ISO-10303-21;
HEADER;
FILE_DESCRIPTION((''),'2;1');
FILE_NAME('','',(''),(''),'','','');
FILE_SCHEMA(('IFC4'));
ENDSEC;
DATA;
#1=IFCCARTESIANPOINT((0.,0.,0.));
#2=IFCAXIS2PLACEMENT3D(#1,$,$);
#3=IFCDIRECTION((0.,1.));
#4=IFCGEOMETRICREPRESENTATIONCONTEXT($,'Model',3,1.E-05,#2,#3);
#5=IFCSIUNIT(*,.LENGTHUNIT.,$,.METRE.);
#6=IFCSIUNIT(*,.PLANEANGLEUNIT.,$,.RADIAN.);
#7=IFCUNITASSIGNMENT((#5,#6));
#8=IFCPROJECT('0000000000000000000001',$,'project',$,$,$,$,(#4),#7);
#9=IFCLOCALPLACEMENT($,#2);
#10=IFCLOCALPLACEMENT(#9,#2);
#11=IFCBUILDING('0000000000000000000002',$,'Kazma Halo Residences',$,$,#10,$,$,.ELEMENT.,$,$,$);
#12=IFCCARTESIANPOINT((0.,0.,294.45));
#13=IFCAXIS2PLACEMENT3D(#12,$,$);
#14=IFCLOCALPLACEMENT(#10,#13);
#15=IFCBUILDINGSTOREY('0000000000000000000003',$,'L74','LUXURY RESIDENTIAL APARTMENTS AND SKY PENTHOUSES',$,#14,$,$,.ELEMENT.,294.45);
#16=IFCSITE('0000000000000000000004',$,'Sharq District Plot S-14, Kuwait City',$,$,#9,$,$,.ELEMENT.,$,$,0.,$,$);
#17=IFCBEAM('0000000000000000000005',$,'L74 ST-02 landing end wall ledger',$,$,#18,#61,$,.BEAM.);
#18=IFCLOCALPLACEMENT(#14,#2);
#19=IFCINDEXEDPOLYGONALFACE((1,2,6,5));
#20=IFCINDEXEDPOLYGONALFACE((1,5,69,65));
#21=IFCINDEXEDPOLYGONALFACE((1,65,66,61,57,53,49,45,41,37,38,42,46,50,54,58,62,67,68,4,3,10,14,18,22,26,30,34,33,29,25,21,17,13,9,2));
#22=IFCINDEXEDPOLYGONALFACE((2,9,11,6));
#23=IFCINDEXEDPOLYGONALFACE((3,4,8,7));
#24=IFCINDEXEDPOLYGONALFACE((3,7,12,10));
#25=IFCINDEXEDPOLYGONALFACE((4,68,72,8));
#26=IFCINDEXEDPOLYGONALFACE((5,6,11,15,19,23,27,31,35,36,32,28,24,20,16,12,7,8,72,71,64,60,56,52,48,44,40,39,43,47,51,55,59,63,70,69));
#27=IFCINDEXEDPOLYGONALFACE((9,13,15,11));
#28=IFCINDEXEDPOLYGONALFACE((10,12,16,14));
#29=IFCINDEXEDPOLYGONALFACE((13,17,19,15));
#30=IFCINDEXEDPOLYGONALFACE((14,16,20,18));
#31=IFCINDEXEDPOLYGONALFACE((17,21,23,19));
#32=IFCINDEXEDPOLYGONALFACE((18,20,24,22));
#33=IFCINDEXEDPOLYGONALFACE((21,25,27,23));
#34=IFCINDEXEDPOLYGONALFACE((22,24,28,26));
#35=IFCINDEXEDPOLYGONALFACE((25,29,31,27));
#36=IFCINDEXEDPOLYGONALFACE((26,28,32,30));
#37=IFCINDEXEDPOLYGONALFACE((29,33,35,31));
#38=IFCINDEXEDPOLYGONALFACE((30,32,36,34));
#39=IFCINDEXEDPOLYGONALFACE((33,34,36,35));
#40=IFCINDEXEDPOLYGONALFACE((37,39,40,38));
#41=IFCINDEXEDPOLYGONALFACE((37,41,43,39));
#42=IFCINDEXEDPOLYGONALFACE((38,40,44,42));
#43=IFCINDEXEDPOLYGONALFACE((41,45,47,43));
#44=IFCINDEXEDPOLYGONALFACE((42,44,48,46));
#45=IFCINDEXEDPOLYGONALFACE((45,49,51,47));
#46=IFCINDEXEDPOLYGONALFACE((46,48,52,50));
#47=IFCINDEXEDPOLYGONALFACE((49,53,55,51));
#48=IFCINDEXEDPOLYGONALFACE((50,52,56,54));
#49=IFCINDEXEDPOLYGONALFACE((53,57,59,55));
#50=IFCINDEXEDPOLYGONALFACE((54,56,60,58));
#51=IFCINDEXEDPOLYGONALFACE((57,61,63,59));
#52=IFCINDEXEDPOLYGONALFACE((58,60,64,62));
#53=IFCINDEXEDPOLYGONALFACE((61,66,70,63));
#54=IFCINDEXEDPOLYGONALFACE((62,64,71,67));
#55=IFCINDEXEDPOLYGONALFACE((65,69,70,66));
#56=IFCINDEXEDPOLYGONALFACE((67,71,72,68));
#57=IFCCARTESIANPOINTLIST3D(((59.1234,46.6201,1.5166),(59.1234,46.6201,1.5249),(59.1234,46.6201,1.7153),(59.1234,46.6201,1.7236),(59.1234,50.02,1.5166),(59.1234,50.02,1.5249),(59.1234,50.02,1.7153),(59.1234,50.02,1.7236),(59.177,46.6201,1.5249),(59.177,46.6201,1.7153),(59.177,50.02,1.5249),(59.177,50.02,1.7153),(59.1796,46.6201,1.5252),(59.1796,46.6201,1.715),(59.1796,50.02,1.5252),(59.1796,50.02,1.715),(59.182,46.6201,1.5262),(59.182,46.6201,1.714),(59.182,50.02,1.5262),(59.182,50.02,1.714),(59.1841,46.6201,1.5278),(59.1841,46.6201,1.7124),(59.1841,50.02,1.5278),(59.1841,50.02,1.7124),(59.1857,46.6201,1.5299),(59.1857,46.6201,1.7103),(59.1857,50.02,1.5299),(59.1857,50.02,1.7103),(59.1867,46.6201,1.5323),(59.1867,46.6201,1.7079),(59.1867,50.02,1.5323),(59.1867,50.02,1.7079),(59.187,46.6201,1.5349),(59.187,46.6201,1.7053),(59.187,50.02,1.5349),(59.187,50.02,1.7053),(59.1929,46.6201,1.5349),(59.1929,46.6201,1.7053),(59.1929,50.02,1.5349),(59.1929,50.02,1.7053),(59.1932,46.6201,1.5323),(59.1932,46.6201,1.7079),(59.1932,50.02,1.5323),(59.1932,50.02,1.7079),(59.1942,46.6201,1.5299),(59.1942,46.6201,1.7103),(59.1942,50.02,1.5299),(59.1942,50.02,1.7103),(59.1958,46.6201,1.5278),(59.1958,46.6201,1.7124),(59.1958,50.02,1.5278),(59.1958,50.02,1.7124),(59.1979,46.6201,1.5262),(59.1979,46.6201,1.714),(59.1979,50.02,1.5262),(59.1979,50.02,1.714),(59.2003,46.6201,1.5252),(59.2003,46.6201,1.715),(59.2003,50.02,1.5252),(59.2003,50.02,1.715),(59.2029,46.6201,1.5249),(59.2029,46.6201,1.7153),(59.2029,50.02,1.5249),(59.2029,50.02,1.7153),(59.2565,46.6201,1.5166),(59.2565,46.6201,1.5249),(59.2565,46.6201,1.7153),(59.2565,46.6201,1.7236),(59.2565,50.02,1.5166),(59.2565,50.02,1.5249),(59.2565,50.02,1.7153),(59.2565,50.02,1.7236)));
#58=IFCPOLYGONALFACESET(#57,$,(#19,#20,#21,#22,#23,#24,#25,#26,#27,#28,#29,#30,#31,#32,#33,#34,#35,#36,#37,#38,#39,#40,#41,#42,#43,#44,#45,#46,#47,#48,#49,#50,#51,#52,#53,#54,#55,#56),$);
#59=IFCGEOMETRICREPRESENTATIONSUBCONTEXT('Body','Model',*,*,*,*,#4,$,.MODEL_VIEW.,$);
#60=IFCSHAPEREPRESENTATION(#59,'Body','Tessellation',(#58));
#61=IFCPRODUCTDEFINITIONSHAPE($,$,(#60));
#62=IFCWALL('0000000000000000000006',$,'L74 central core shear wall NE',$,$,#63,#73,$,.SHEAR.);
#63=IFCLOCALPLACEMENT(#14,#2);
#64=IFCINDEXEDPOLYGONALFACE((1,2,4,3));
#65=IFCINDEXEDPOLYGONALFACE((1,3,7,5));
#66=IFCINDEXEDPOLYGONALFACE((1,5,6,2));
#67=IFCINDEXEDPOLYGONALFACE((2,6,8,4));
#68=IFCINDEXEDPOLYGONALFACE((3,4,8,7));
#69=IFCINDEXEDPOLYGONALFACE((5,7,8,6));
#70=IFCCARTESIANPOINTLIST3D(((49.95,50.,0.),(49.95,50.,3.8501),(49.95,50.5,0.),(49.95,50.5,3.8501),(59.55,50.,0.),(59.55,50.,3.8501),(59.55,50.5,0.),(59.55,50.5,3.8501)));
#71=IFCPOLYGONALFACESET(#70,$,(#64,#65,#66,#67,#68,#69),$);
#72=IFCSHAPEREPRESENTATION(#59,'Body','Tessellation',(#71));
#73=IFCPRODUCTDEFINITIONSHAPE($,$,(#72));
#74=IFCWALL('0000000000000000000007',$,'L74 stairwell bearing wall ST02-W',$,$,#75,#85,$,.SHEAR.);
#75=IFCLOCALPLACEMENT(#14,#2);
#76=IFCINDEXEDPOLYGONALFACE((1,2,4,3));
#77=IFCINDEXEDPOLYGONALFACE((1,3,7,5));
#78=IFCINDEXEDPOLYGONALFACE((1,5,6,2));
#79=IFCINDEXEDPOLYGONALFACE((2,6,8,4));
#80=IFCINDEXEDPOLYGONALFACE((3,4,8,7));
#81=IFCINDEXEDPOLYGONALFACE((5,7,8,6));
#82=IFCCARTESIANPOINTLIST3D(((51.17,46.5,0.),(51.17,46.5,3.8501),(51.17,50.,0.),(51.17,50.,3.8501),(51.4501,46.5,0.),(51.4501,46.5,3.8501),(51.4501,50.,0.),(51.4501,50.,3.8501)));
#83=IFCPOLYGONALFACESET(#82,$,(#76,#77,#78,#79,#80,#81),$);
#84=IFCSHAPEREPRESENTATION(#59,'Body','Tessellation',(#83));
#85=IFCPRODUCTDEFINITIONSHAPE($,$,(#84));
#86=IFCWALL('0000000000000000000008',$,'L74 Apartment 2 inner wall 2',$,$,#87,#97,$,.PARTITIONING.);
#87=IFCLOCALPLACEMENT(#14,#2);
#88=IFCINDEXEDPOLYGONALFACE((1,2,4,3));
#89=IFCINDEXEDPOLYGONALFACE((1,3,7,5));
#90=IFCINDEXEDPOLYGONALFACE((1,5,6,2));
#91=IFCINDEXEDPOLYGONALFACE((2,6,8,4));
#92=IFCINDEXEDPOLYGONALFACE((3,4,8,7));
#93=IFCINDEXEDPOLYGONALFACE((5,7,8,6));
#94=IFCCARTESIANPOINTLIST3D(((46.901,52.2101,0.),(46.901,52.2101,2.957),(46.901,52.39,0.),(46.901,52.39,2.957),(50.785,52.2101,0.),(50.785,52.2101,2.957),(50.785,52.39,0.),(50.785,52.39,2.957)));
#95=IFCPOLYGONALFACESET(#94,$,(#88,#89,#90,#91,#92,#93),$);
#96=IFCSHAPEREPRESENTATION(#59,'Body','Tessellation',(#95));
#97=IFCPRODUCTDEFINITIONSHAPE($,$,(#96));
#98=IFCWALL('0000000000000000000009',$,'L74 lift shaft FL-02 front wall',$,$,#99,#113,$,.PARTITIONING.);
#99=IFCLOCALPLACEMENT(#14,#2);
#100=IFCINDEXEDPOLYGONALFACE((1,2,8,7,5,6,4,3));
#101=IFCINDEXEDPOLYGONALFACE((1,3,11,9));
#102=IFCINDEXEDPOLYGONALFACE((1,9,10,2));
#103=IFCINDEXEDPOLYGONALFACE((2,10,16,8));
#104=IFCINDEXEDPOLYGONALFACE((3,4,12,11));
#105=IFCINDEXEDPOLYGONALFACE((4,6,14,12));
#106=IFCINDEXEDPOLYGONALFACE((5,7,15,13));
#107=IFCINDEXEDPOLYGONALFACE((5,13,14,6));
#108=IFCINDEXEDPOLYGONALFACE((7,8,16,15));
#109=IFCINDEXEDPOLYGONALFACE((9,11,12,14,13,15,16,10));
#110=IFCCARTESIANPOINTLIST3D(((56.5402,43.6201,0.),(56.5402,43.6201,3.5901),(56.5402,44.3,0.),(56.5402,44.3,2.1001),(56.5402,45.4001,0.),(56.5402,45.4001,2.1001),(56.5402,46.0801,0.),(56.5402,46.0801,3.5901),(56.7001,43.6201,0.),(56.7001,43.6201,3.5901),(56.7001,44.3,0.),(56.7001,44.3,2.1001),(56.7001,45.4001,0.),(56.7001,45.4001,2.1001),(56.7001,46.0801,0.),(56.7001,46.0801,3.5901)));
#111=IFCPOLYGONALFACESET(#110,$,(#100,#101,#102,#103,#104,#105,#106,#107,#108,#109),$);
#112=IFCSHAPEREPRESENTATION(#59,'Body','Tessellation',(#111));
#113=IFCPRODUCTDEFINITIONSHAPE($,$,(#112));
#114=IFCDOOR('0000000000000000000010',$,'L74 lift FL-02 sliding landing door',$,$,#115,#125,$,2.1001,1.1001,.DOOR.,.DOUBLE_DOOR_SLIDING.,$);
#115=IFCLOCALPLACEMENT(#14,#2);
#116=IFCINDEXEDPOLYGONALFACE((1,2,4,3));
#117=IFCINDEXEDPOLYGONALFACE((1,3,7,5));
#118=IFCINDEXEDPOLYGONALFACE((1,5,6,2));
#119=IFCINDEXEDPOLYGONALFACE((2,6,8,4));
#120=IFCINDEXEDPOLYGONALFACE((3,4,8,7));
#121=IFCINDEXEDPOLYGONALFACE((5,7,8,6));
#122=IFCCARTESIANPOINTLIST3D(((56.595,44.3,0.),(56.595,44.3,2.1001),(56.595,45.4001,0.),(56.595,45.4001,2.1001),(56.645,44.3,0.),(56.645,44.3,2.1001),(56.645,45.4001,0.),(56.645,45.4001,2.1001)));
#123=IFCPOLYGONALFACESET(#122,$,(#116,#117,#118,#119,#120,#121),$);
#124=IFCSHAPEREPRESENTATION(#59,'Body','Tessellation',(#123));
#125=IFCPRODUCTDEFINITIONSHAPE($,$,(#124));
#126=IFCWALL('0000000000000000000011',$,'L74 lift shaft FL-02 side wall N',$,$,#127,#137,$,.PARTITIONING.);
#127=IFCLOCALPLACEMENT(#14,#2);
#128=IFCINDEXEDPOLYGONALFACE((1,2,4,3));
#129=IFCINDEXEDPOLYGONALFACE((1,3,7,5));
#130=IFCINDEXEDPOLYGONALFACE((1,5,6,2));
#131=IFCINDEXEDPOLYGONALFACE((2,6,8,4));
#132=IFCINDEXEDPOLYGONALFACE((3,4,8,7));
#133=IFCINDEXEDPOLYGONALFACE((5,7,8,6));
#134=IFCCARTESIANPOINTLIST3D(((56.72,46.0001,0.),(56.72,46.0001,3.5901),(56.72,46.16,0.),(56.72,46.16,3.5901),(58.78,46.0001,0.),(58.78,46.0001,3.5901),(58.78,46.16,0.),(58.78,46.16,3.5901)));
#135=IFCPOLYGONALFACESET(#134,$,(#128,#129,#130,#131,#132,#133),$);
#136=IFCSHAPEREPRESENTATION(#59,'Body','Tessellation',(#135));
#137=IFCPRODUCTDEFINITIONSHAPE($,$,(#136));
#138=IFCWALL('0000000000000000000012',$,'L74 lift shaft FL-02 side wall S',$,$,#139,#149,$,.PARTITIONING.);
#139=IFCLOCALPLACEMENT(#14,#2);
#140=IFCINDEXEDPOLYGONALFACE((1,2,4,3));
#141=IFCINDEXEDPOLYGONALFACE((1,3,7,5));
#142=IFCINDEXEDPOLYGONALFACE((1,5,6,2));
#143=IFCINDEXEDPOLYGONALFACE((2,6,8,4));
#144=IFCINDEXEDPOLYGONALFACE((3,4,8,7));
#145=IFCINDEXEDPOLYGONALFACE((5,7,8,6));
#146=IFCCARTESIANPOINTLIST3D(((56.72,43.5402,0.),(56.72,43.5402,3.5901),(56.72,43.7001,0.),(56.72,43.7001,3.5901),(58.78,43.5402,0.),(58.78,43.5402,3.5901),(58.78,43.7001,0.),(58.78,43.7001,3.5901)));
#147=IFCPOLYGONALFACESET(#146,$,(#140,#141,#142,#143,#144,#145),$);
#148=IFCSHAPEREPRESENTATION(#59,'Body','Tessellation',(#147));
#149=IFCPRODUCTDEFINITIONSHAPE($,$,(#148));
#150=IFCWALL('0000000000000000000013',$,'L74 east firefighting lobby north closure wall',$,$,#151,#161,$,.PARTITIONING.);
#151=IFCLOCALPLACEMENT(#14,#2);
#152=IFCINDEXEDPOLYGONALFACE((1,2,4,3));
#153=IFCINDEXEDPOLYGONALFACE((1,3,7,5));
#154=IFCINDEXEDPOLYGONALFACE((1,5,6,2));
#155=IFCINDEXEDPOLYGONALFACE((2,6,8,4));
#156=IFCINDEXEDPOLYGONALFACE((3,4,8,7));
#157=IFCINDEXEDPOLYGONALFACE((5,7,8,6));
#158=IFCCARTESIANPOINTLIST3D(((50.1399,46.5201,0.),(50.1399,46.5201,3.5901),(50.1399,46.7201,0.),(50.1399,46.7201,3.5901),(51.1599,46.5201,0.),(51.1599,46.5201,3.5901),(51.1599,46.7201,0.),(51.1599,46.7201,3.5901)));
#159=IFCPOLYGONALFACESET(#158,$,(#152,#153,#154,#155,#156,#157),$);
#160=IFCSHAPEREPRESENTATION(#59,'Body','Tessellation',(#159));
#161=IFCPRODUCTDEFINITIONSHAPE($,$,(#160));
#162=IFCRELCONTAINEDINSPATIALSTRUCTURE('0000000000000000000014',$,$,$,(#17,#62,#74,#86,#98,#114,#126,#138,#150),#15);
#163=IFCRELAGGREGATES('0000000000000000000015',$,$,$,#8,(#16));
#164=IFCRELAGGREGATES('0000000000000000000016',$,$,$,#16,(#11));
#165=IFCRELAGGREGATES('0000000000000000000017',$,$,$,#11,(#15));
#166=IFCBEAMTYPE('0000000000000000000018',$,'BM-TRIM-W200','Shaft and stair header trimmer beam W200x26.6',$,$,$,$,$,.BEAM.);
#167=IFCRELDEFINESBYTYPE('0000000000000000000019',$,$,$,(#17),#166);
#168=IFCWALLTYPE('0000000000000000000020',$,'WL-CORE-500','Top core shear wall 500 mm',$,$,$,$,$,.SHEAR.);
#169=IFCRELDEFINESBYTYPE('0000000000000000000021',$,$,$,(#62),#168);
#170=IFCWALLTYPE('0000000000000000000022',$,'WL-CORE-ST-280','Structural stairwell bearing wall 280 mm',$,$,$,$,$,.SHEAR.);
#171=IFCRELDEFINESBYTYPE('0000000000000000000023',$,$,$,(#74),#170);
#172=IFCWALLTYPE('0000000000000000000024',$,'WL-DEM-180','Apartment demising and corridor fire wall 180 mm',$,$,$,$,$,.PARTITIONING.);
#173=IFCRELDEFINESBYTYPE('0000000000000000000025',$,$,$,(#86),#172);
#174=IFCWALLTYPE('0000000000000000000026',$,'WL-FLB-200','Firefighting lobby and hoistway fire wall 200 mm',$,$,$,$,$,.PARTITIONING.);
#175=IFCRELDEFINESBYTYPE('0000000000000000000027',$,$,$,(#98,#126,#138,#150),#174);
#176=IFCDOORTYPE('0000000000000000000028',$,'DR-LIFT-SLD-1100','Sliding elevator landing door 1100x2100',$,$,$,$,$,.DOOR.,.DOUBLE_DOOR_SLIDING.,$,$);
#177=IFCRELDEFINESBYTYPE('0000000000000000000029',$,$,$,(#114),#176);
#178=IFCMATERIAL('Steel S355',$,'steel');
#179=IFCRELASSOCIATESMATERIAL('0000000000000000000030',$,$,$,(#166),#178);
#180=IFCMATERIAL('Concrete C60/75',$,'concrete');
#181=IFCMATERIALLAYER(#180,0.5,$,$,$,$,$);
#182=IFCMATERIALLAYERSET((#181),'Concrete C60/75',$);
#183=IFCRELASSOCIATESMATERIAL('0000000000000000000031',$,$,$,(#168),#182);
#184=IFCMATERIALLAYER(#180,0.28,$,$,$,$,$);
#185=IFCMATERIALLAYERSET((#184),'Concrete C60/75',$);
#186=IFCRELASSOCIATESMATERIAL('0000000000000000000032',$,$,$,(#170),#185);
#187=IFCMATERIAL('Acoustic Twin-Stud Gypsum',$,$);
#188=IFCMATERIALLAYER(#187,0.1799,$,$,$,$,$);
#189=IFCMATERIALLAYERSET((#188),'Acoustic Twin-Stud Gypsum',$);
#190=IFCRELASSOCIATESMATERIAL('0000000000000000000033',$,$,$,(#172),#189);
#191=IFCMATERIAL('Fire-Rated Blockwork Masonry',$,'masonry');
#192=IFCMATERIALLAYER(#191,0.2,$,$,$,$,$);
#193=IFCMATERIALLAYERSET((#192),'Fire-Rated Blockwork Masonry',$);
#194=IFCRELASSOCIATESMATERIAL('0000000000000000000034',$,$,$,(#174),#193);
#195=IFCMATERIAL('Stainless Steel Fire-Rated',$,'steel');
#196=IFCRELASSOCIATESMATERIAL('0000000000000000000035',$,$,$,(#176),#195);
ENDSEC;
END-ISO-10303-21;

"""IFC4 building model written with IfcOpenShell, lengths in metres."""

from ifc_helpers import new_model, si_unit, direction, frame, frame_2d, origin, origin_2d, place, context, subcontext, project, spatial, rectangle, i_section, extrude, material, layer, layer_set, material_profile, profile_set, type_object, element, fill, save


model = new_model("IFC4")

# Units and contexts
model_context = context("Model", 3, precision=1e-05, world=origin(), true_north=direction((0.0, 1.0)))
body_context = subcontext(model_context, "Body", "Model", "MODEL_VIEW")
ifc_project = project(units=[si_unit("LENGTHUNIT", "METRE"), si_unit("PLANEANGLEUNIT", "RADIAN")], contexts=[model_context])

# Site, building, storey
site_placement = place(None, origin())
site = spatial("IfcSite", under=ifc_project, at=site_placement, Name="Sharq District Plot S-14, Kuwait City", CompositionType="ELEMENT", RefElevation=0.0)
building_placement = place(site_placement, origin())
building = spatial("IfcBuilding", under=site, at=building_placement, Name="Kazma Halo Residences", CompositionType="ELEMENT")
storey_placement = place(building_placement, frame((0.0, 0.0, 294.45)))
storey = spatial("IfcBuildingStorey", under=building, at=storey_placement, Name="L74", Description="LUXURY RESIDENTIAL APARTMENTS AND SKY PENTHOUSES", CompositionType="ELEMENT", Elevation=294.45)

# Shared definitions
ifc_material_1 = material(Name="Steel S355", Category="steel")

# Beam
ifc_material_profile_1 = material_profile(ifc_material_1, i_section(OverallWidth=0.1331, OverallDepth=0.207, WebThickness=0.0059, FlangeThickness=0.0083, FilletRadius=0.01, at=origin_2d()), Name="W200x26.6")
ifc_profile_set_1 = profile_set([ifc_material_profile_1], Name="Steel S355")
beam_type_1 = type_object("IfcBeamType", Name="BM-TRIM-W200", Description="Shaft and stair header trimmer beam W200x26.6", PredefinedType="BEAM", material=ifc_profile_set_1)
beam_1_placement = place(storey_placement, frame((59.1899, 46.6201, 1.6201), z_axis=(0.0, 1.0, 0.0), x_axis=(-1.0, 0.0, 0.0)))
element("IfcBeam", 1, at=beam_1_placement, inside=storey, type_object=beam_type_1, Name="L74 ST-02 landing end wall ledger", PredefinedType="BEAM", context=body_context, shape_type="SweptSolid", body=[
    extrude(i_section(OverallWidth=0.1331, OverallDepth=0.207, WebThickness=0.0059, FlangeThickness=0.0083, FilletRadius=0.01, at=origin_2d()), origin(), (0.0, 0.0, 1.0), 3.3999),
])

# Walls
ifc_material_2 = material(Name="Concrete C60/75", Category="concrete")
ifc_layer_1 = layer(ifc_material_2, 0.5)
ifc_layer_set_1 = layer_set([ifc_layer_1], Name="Concrete C60/75")
wall_type_1 = type_object("IfcWallType", Name="WL-CORE-500", Description="Top core shear wall 500 mm", PredefinedType="SHEAR", material=ifc_layer_set_1)
wall_1_placement = place(storey_placement, frame((49.95, 50.25, 0.0), z_axis=(0.0, 0.0, 1.0), x_axis=(1.0, 0.0, 0.0)))
element("IfcWall", 2, at=wall_1_placement, inside=storey, type_object=wall_type_1, Name="L74 central core shear wall NE", PredefinedType="SHEAR", context=body_context, shape_type="SweptSolid", body=[
    extrude(rectangle(XDim=9.6001, YDim=0.5, at=frame_2d((4.8, 0.0))), origin(), (0.0, 0.0, 1.0), 3.8501),
])
ifc_layer_2 = layer(ifc_material_2, 0.28)
ifc_layer_set_2 = layer_set([ifc_layer_2], Name="Concrete C60/75")
wall_type_2 = type_object("IfcWallType", Name="WL-CORE-ST-280", Description="Structural stairwell bearing wall 280 mm", PredefinedType="SHEAR", material=ifc_layer_set_2)
wall_2_placement = place(storey_placement, frame((51.3101, 46.5, 0.0), z_axis=(0.0, 0.0, 1.0), x_axis=(0.0, 1.0, 0.0)))
element("IfcWall", 3, at=wall_2_placement, inside=storey, type_object=wall_type_2, Name="L74 stairwell bearing wall ST02-W", PredefinedType="SHEAR", context=body_context, shape_type="SweptSolid", body=[
    extrude(rectangle(XDim=3.5, YDim=0.28, at=frame_2d((1.75, 0.0))), origin(), (0.0, 0.0, 1.0), 3.8501),
])
ifc_material_3 = material(Name="Acoustic Twin-Stud Gypsum")
ifc_layer_3 = layer(ifc_material_3, 0.1799)
ifc_layer_set_3 = layer_set([ifc_layer_3], Name="Acoustic Twin-Stud Gypsum")
wall_type_3 = type_object("IfcWallType", Name="WL-DEM-180", Description="Apartment demising and corridor fire wall 180 mm", PredefinedType="PARTITIONING", material=ifc_layer_set_3)
wall_3_placement = place(storey_placement, frame((50.7849, 52.3, 0.0), z_axis=(0.0, 0.0, 1.0), x_axis=(-1.0, 0.0, 0.0)))
element("IfcWall", 4, at=wall_3_placement, inside=storey, type_object=wall_type_3, Name="L74 Apartment 2 inner wall 2", PredefinedType="PARTITIONING", context=body_context, shape_type="SweptSolid", body=[
    extrude(rectangle(XDim=3.884, YDim=0.1799, at=frame_2d((1.9419, 0.0))), origin(), (0.0, 0.0, 1.0), 2.957),
])

# Wall, opening, door
ifc_material_4 = material(Name="Fire-Rated Blockwork Masonry", Category="masonry")
ifc_layer_4 = layer(ifc_material_4, 0.2)
ifc_layer_set_4 = layer_set([ifc_layer_4], Name="Fire-Rated Blockwork Masonry")
wall_type_4 = type_object("IfcWallType", Name="WL-FLB-200", Description="Firefighting lobby and hoistway fire wall 200 mm", PredefinedType="PARTITIONING", material=ifc_layer_set_4)
wall_4_placement = place(storey_placement, frame((56.6201, 46.0801, 0.0), z_axis=(0.0, 0.0, 1.0), x_axis=(0.0, -1.0, 0.0)))
wall_4 = element("IfcWall", 5, at=wall_4_placement, inside=storey, type_object=wall_type_4, Name="L74 lift shaft FL-02 front wall", PredefinedType="PARTITIONING", context=body_context, shape_type="SweptSolid", body=[
    extrude(rectangle(XDim=2.46, YDim=0.1599, at=frame_2d((1.23, 0.0))), origin(), (0.0, 0.0, 1.0), 3.5901),
])
opening_1_placement = place(wall_4_placement, frame((0.6799, 0.0, 0.0)))
opening_1 = element("IfcOpeningElement", 6, at=opening_1_placement, cuts=wall_4, PredefinedType="OPENING", context=body_context, shape_type="SweptSolid", body=[
    extrude(rectangle(XDim=1.1001, YDim=2.1001, at=frame_2d((0.55, 1.05))), frame((0.0, 0.0898, 0.0), z_axis=(0.0, -1.0, 0.0), x_axis=(1.0, 0.0, 0.0)), (0.0, 0.0, 1.0), 0.1799),
])
ifc_material_5 = material(Name="Stainless Steel Fire-Rated", Category="steel")
door_type_1 = type_object("IfcDoorType", Name="DR-LIFT-SLD-1100", Description="Sliding elevator landing door 1100x2100", OperationType="DOUBLE_DOOR_SLIDING", PredefinedType="DOOR", material=ifc_material_5)
door_1_placement = place(opening_1_placement, origin())
door_1 = element("IfcDoor", 7, at=door_1_placement, inside=storey, type_object=door_type_1, Name="L74 lift FL-02 sliding landing door", OperationType="DOUBLE_DOOR_SLIDING", OverallHeight=2.1001, OverallWidth=1.1001, PredefinedType="DOOR", context=body_context, shape_type="SweptSolid", body=[
    extrude(rectangle(XDim=1.1001, YDim=2.1001, at=frame_2d((0.55, 1.05))), frame((0.0, 0.0249, 0.0), z_axis=(0.0, -1.0, 0.0), x_axis=(1.0, 0.0, 0.0)), (0.0, 0.0, 1.0), 0.05),
])
fill(opening_1, door_1)

# Walls
for number, where, z_axis, x_axis, name in (
    (8, (56.72, 46.0801, 0.0), (0.0, 0.0, 1.0), (1.0, 0.0, 0.0), "L74 lift shaft FL-02 side wall N"),
    (9, (56.72, 43.6201, 0.0), (0.0, 0.0, 1.0), (1.0, 0.0, 0.0), "L74 lift shaft FL-02 side wall S"),
):
    element("IfcWall", number, at=place(storey_placement, frame(where, z_axis=z_axis, x_axis=x_axis)), inside=storey, type_object=wall_type_4, Name=name, PredefinedType="PARTITIONING", context=body_context, shape_type="SweptSolid", body=[
        extrude(rectangle(XDim=2.0601, YDim=0.1599, at=frame_2d((1.03, 0.0))), origin(), (0.0, 0.0, 1.0), 3.5901),
    ])
wall_5_placement = place(storey_placement, frame((50.1399, 46.6201, 0.0), z_axis=(0.0, 0.0, 1.0), x_axis=(1.0, 0.0, 0.0)))
element("IfcWall", 10, at=wall_5_placement, inside=storey, type_object=wall_type_4, Name="L74 east firefighting lobby north closure wall", PredefinedType="PARTITIONING", context=body_context, shape_type="SweptSolid", body=[
    extrude(rectangle(XDim=1.02, YDim=0.2, at=frame_2d((0.51, 0.0))), origin(), (0.0, 0.0, 1.0), 3.5901),
])

save(model, "model.ifc")
